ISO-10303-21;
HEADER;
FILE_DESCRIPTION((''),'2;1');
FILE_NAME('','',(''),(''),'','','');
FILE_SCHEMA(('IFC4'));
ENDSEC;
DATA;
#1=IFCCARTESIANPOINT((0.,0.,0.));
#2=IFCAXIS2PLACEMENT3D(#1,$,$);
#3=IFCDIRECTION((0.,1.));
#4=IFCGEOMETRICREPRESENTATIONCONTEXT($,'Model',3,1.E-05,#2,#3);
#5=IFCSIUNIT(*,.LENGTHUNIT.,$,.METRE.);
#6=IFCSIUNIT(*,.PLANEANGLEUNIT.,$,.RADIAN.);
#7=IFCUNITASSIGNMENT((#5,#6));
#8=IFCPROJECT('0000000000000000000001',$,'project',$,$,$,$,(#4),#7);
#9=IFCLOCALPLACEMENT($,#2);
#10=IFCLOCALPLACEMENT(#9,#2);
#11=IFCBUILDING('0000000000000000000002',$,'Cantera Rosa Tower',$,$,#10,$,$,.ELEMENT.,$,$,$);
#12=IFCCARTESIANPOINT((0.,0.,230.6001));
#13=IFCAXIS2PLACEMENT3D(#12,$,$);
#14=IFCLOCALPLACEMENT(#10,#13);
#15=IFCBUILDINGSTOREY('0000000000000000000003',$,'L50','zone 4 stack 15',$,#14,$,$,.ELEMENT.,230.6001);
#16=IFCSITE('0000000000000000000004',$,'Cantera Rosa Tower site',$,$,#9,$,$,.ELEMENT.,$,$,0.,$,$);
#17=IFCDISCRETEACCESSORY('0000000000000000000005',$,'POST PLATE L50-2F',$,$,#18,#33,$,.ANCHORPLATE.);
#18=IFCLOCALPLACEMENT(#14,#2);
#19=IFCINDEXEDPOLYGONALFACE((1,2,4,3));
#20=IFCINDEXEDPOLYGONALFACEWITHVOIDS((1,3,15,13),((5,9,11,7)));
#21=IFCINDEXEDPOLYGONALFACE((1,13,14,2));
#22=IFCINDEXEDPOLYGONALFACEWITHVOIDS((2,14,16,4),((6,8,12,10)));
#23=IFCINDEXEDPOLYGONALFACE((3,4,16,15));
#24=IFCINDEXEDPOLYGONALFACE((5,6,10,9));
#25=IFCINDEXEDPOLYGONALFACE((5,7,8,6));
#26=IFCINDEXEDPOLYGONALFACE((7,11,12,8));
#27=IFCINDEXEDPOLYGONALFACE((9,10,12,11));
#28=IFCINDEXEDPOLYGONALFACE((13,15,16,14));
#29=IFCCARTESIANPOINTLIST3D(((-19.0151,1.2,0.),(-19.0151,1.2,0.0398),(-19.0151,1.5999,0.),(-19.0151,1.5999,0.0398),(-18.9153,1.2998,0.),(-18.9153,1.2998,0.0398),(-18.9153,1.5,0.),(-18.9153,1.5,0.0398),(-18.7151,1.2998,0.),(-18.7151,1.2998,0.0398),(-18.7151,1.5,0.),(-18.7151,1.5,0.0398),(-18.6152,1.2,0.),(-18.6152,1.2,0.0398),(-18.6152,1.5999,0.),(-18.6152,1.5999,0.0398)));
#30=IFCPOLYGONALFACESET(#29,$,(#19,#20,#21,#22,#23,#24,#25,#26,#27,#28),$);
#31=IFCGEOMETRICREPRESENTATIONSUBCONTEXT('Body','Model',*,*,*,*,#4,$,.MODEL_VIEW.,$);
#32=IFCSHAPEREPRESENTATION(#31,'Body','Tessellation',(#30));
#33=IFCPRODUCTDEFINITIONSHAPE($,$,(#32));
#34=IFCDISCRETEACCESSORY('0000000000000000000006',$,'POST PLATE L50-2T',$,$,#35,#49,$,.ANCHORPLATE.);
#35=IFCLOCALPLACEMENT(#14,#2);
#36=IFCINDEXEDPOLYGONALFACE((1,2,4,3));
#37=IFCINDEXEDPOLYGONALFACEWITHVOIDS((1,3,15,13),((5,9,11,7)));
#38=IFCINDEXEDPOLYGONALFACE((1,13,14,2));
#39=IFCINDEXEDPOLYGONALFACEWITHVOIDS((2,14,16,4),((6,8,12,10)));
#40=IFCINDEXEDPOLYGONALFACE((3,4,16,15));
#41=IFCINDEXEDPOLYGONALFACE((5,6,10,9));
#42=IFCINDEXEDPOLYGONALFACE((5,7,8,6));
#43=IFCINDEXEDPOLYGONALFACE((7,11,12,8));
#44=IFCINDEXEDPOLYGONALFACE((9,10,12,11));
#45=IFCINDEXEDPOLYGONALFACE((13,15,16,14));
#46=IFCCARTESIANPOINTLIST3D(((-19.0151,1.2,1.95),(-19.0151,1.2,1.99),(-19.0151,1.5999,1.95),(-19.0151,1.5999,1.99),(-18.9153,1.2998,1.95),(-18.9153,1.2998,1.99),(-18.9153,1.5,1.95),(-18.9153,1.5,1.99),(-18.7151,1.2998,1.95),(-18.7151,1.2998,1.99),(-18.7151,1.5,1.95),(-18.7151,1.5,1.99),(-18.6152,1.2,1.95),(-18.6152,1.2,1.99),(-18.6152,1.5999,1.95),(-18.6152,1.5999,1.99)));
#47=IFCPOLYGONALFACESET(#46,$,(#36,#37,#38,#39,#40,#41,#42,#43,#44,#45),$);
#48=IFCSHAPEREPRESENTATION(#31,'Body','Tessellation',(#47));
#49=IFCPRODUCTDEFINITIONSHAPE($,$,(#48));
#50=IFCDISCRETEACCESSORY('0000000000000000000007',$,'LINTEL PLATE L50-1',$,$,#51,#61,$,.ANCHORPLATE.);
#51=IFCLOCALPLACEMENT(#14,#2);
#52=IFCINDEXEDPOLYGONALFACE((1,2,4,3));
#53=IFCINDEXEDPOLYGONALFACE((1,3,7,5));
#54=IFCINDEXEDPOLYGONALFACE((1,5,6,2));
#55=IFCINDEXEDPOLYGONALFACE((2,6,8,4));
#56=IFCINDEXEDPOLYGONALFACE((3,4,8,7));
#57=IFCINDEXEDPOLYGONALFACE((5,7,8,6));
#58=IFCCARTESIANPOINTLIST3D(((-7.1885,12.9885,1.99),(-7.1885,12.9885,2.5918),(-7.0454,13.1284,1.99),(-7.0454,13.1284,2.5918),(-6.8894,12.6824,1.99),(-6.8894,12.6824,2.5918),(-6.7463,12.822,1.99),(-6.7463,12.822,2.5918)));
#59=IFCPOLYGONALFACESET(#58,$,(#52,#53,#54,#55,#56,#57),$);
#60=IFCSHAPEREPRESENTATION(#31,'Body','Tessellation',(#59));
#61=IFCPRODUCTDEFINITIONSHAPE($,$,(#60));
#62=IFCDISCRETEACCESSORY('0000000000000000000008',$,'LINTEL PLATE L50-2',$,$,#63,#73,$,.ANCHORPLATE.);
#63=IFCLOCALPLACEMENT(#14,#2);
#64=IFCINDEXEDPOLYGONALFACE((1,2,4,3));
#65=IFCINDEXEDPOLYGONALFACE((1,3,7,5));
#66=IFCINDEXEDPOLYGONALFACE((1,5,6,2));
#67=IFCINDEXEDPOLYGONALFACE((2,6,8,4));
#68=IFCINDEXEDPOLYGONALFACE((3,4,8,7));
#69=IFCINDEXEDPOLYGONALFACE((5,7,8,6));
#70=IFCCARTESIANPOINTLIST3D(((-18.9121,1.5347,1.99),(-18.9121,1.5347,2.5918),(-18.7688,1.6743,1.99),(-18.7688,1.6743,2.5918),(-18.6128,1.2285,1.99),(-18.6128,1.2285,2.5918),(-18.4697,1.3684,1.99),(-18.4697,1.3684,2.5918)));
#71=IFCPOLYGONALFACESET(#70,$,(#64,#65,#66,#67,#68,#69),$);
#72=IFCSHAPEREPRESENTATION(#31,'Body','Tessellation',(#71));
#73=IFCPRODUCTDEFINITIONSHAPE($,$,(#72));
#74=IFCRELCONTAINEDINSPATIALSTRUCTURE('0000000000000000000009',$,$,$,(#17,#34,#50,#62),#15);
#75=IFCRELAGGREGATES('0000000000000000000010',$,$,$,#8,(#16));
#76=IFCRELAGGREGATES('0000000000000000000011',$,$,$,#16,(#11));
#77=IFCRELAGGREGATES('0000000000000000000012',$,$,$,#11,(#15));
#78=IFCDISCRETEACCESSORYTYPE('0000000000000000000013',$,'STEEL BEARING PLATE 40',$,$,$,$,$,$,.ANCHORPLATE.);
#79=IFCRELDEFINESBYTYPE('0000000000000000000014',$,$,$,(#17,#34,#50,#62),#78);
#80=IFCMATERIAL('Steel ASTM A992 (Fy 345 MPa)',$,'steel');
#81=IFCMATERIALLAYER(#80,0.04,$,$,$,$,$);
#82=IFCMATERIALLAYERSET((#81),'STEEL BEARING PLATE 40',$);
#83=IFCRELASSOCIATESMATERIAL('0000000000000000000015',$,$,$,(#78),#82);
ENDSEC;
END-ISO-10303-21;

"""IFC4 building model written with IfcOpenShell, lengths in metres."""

from ifc_helpers import new_model, si_unit, direction, frame, origin, place, context, subcontext, project, spatial, polyline, outline, extrude, material, layer, layer_set, type_object, element, save


model = new_model("IFC4")

# Units and contexts
model_context = context("Model", 3, precision=1e-05, world=origin(), true_north=direction((0.0, 1.0)))
body_context = subcontext(model_context, "Body", "Model", "MODEL_VIEW")
ifc_project = project(units=[si_unit("LENGTHUNIT", "METRE"), si_unit("PLANEANGLEUNIT", "RADIAN")], contexts=[model_context])

# Site, building, storey
site_placement = place(None, origin())
site = spatial("IfcSite", under=ifc_project, at=site_placement, Name="Cantera Rosa Tower site", CompositionType="ELEMENT", RefElevation=0.0)
building_placement = place(site_placement, origin())
building = spatial("IfcBuilding", under=site, at=building_placement, Name="Cantera Rosa Tower", CompositionType="ELEMENT")
storey_placement = place(building_placement, frame((0.0, 0.0, 230.6001)))
storey = spatial("IfcBuildingStorey", under=building, at=storey_placement, Name="L50", Description="zone 4 stack 15", CompositionType="ELEMENT", Elevation=230.6001)

# Discrete accessories
ifc_material_1 = material(Name="Steel ASTM A992 (Fy 345 MPa)", Category="steel")
ifc_layer_1 = layer(ifc_material_1, 0.04)
ifc_layer_set_1 = layer_set([ifc_layer_1], Name="STEEL BEARING PLATE 40")
discrete_accessory_type = type_object("IfcDiscreteAccessoryType", Name="STEEL BEARING PLATE 40", PredefinedType="ANCHORPLATE", material=ifc_layer_set_1)
discrete_accessory_1_placement = place(storey_placement, origin())
element("IfcDiscreteAccessory", 1, at=discrete_accessory_1_placement, inside=storey, type_object=discrete_accessory_type, Name="POST PLATE L50-2F", PredefinedType="ANCHORPLATE", context=body_context, shape_type="SweptSolid", body=[
    extrude(outline(polyline([(-19.0151, 1.2), (-18.6152, 1.2), (-18.6152, 1.5999), (-19.0151, 1.5999), (-19.0151, 1.2)]), holes=[polyline([(-18.9153, 1.2998), (-18.7151, 1.2998), (-18.7151, 1.5), (-18.9153, 1.5), (-18.9153, 1.2998)])]), origin(), (0.0, 0.0, 1.0), 0.0398),
])
discrete_accessory_2_placement = place(storey_placement, frame((0.0, 0.0, 1.95)))
element("IfcDiscreteAccessory", 2, at=discrete_accessory_2_placement, inside=storey, type_object=discrete_accessory_type, Name="POST PLATE L50-2T", PredefinedType="ANCHORPLATE", context=body_context, shape_type="SweptSolid", body=[
    extrude(outline(polyline([(-19.0151, 1.2), (-18.6152, 1.2), (-18.6152, 1.5999), (-19.0151, 1.5999), (-19.0151, 1.2)]), holes=[polyline([(-18.9153, 1.2998), (-18.7151, 1.2998), (-18.7151, 1.5), (-18.9153, 1.5), (-18.9153, 1.2998)])]), origin(), (0.0, 0.0, 1.0), 0.04),
])
discrete_accessory_3_placement = place(storey_placement, frame((0.0, 0.0, 1.99)))
element("IfcDiscreteAccessory", 3, at=discrete_accessory_3_placement, inside=storey, type_object=discrete_accessory_type, Name="LINTEL PLATE L50-1", PredefinedType="ANCHORPLATE", context=body_context, shape_type="SweptSolid", body=[
    extrude(outline(polyline([(-6.8894, 12.6824), (-6.7463, 12.822), (-7.0454, 13.1284), (-7.1885, 12.9885), (-6.8894, 12.6824)])), origin(), (0.0, 0.0, 1.0), 0.6018),
])
discrete_accessory_4_placement = place(storey_placement, frame((0.0, 0.0, 1.99)))
element("IfcDiscreteAccessory", 4, at=discrete_accessory_4_placement, inside=storey, type_object=discrete_accessory_type, Name="LINTEL PLATE L50-2", PredefinedType="ANCHORPLATE", context=body_context, shape_type="SweptSolid", body=[
    extrude(outline(polyline([(-18.7688, 1.6743), (-18.9121, 1.5347), (-18.6128, 1.2285), (-18.4697, 1.3684), (-18.7688, 1.6743)])), origin(), (0.0, 0.0, 1.0), 0.6018),
])

save(model, "model.ifc")
